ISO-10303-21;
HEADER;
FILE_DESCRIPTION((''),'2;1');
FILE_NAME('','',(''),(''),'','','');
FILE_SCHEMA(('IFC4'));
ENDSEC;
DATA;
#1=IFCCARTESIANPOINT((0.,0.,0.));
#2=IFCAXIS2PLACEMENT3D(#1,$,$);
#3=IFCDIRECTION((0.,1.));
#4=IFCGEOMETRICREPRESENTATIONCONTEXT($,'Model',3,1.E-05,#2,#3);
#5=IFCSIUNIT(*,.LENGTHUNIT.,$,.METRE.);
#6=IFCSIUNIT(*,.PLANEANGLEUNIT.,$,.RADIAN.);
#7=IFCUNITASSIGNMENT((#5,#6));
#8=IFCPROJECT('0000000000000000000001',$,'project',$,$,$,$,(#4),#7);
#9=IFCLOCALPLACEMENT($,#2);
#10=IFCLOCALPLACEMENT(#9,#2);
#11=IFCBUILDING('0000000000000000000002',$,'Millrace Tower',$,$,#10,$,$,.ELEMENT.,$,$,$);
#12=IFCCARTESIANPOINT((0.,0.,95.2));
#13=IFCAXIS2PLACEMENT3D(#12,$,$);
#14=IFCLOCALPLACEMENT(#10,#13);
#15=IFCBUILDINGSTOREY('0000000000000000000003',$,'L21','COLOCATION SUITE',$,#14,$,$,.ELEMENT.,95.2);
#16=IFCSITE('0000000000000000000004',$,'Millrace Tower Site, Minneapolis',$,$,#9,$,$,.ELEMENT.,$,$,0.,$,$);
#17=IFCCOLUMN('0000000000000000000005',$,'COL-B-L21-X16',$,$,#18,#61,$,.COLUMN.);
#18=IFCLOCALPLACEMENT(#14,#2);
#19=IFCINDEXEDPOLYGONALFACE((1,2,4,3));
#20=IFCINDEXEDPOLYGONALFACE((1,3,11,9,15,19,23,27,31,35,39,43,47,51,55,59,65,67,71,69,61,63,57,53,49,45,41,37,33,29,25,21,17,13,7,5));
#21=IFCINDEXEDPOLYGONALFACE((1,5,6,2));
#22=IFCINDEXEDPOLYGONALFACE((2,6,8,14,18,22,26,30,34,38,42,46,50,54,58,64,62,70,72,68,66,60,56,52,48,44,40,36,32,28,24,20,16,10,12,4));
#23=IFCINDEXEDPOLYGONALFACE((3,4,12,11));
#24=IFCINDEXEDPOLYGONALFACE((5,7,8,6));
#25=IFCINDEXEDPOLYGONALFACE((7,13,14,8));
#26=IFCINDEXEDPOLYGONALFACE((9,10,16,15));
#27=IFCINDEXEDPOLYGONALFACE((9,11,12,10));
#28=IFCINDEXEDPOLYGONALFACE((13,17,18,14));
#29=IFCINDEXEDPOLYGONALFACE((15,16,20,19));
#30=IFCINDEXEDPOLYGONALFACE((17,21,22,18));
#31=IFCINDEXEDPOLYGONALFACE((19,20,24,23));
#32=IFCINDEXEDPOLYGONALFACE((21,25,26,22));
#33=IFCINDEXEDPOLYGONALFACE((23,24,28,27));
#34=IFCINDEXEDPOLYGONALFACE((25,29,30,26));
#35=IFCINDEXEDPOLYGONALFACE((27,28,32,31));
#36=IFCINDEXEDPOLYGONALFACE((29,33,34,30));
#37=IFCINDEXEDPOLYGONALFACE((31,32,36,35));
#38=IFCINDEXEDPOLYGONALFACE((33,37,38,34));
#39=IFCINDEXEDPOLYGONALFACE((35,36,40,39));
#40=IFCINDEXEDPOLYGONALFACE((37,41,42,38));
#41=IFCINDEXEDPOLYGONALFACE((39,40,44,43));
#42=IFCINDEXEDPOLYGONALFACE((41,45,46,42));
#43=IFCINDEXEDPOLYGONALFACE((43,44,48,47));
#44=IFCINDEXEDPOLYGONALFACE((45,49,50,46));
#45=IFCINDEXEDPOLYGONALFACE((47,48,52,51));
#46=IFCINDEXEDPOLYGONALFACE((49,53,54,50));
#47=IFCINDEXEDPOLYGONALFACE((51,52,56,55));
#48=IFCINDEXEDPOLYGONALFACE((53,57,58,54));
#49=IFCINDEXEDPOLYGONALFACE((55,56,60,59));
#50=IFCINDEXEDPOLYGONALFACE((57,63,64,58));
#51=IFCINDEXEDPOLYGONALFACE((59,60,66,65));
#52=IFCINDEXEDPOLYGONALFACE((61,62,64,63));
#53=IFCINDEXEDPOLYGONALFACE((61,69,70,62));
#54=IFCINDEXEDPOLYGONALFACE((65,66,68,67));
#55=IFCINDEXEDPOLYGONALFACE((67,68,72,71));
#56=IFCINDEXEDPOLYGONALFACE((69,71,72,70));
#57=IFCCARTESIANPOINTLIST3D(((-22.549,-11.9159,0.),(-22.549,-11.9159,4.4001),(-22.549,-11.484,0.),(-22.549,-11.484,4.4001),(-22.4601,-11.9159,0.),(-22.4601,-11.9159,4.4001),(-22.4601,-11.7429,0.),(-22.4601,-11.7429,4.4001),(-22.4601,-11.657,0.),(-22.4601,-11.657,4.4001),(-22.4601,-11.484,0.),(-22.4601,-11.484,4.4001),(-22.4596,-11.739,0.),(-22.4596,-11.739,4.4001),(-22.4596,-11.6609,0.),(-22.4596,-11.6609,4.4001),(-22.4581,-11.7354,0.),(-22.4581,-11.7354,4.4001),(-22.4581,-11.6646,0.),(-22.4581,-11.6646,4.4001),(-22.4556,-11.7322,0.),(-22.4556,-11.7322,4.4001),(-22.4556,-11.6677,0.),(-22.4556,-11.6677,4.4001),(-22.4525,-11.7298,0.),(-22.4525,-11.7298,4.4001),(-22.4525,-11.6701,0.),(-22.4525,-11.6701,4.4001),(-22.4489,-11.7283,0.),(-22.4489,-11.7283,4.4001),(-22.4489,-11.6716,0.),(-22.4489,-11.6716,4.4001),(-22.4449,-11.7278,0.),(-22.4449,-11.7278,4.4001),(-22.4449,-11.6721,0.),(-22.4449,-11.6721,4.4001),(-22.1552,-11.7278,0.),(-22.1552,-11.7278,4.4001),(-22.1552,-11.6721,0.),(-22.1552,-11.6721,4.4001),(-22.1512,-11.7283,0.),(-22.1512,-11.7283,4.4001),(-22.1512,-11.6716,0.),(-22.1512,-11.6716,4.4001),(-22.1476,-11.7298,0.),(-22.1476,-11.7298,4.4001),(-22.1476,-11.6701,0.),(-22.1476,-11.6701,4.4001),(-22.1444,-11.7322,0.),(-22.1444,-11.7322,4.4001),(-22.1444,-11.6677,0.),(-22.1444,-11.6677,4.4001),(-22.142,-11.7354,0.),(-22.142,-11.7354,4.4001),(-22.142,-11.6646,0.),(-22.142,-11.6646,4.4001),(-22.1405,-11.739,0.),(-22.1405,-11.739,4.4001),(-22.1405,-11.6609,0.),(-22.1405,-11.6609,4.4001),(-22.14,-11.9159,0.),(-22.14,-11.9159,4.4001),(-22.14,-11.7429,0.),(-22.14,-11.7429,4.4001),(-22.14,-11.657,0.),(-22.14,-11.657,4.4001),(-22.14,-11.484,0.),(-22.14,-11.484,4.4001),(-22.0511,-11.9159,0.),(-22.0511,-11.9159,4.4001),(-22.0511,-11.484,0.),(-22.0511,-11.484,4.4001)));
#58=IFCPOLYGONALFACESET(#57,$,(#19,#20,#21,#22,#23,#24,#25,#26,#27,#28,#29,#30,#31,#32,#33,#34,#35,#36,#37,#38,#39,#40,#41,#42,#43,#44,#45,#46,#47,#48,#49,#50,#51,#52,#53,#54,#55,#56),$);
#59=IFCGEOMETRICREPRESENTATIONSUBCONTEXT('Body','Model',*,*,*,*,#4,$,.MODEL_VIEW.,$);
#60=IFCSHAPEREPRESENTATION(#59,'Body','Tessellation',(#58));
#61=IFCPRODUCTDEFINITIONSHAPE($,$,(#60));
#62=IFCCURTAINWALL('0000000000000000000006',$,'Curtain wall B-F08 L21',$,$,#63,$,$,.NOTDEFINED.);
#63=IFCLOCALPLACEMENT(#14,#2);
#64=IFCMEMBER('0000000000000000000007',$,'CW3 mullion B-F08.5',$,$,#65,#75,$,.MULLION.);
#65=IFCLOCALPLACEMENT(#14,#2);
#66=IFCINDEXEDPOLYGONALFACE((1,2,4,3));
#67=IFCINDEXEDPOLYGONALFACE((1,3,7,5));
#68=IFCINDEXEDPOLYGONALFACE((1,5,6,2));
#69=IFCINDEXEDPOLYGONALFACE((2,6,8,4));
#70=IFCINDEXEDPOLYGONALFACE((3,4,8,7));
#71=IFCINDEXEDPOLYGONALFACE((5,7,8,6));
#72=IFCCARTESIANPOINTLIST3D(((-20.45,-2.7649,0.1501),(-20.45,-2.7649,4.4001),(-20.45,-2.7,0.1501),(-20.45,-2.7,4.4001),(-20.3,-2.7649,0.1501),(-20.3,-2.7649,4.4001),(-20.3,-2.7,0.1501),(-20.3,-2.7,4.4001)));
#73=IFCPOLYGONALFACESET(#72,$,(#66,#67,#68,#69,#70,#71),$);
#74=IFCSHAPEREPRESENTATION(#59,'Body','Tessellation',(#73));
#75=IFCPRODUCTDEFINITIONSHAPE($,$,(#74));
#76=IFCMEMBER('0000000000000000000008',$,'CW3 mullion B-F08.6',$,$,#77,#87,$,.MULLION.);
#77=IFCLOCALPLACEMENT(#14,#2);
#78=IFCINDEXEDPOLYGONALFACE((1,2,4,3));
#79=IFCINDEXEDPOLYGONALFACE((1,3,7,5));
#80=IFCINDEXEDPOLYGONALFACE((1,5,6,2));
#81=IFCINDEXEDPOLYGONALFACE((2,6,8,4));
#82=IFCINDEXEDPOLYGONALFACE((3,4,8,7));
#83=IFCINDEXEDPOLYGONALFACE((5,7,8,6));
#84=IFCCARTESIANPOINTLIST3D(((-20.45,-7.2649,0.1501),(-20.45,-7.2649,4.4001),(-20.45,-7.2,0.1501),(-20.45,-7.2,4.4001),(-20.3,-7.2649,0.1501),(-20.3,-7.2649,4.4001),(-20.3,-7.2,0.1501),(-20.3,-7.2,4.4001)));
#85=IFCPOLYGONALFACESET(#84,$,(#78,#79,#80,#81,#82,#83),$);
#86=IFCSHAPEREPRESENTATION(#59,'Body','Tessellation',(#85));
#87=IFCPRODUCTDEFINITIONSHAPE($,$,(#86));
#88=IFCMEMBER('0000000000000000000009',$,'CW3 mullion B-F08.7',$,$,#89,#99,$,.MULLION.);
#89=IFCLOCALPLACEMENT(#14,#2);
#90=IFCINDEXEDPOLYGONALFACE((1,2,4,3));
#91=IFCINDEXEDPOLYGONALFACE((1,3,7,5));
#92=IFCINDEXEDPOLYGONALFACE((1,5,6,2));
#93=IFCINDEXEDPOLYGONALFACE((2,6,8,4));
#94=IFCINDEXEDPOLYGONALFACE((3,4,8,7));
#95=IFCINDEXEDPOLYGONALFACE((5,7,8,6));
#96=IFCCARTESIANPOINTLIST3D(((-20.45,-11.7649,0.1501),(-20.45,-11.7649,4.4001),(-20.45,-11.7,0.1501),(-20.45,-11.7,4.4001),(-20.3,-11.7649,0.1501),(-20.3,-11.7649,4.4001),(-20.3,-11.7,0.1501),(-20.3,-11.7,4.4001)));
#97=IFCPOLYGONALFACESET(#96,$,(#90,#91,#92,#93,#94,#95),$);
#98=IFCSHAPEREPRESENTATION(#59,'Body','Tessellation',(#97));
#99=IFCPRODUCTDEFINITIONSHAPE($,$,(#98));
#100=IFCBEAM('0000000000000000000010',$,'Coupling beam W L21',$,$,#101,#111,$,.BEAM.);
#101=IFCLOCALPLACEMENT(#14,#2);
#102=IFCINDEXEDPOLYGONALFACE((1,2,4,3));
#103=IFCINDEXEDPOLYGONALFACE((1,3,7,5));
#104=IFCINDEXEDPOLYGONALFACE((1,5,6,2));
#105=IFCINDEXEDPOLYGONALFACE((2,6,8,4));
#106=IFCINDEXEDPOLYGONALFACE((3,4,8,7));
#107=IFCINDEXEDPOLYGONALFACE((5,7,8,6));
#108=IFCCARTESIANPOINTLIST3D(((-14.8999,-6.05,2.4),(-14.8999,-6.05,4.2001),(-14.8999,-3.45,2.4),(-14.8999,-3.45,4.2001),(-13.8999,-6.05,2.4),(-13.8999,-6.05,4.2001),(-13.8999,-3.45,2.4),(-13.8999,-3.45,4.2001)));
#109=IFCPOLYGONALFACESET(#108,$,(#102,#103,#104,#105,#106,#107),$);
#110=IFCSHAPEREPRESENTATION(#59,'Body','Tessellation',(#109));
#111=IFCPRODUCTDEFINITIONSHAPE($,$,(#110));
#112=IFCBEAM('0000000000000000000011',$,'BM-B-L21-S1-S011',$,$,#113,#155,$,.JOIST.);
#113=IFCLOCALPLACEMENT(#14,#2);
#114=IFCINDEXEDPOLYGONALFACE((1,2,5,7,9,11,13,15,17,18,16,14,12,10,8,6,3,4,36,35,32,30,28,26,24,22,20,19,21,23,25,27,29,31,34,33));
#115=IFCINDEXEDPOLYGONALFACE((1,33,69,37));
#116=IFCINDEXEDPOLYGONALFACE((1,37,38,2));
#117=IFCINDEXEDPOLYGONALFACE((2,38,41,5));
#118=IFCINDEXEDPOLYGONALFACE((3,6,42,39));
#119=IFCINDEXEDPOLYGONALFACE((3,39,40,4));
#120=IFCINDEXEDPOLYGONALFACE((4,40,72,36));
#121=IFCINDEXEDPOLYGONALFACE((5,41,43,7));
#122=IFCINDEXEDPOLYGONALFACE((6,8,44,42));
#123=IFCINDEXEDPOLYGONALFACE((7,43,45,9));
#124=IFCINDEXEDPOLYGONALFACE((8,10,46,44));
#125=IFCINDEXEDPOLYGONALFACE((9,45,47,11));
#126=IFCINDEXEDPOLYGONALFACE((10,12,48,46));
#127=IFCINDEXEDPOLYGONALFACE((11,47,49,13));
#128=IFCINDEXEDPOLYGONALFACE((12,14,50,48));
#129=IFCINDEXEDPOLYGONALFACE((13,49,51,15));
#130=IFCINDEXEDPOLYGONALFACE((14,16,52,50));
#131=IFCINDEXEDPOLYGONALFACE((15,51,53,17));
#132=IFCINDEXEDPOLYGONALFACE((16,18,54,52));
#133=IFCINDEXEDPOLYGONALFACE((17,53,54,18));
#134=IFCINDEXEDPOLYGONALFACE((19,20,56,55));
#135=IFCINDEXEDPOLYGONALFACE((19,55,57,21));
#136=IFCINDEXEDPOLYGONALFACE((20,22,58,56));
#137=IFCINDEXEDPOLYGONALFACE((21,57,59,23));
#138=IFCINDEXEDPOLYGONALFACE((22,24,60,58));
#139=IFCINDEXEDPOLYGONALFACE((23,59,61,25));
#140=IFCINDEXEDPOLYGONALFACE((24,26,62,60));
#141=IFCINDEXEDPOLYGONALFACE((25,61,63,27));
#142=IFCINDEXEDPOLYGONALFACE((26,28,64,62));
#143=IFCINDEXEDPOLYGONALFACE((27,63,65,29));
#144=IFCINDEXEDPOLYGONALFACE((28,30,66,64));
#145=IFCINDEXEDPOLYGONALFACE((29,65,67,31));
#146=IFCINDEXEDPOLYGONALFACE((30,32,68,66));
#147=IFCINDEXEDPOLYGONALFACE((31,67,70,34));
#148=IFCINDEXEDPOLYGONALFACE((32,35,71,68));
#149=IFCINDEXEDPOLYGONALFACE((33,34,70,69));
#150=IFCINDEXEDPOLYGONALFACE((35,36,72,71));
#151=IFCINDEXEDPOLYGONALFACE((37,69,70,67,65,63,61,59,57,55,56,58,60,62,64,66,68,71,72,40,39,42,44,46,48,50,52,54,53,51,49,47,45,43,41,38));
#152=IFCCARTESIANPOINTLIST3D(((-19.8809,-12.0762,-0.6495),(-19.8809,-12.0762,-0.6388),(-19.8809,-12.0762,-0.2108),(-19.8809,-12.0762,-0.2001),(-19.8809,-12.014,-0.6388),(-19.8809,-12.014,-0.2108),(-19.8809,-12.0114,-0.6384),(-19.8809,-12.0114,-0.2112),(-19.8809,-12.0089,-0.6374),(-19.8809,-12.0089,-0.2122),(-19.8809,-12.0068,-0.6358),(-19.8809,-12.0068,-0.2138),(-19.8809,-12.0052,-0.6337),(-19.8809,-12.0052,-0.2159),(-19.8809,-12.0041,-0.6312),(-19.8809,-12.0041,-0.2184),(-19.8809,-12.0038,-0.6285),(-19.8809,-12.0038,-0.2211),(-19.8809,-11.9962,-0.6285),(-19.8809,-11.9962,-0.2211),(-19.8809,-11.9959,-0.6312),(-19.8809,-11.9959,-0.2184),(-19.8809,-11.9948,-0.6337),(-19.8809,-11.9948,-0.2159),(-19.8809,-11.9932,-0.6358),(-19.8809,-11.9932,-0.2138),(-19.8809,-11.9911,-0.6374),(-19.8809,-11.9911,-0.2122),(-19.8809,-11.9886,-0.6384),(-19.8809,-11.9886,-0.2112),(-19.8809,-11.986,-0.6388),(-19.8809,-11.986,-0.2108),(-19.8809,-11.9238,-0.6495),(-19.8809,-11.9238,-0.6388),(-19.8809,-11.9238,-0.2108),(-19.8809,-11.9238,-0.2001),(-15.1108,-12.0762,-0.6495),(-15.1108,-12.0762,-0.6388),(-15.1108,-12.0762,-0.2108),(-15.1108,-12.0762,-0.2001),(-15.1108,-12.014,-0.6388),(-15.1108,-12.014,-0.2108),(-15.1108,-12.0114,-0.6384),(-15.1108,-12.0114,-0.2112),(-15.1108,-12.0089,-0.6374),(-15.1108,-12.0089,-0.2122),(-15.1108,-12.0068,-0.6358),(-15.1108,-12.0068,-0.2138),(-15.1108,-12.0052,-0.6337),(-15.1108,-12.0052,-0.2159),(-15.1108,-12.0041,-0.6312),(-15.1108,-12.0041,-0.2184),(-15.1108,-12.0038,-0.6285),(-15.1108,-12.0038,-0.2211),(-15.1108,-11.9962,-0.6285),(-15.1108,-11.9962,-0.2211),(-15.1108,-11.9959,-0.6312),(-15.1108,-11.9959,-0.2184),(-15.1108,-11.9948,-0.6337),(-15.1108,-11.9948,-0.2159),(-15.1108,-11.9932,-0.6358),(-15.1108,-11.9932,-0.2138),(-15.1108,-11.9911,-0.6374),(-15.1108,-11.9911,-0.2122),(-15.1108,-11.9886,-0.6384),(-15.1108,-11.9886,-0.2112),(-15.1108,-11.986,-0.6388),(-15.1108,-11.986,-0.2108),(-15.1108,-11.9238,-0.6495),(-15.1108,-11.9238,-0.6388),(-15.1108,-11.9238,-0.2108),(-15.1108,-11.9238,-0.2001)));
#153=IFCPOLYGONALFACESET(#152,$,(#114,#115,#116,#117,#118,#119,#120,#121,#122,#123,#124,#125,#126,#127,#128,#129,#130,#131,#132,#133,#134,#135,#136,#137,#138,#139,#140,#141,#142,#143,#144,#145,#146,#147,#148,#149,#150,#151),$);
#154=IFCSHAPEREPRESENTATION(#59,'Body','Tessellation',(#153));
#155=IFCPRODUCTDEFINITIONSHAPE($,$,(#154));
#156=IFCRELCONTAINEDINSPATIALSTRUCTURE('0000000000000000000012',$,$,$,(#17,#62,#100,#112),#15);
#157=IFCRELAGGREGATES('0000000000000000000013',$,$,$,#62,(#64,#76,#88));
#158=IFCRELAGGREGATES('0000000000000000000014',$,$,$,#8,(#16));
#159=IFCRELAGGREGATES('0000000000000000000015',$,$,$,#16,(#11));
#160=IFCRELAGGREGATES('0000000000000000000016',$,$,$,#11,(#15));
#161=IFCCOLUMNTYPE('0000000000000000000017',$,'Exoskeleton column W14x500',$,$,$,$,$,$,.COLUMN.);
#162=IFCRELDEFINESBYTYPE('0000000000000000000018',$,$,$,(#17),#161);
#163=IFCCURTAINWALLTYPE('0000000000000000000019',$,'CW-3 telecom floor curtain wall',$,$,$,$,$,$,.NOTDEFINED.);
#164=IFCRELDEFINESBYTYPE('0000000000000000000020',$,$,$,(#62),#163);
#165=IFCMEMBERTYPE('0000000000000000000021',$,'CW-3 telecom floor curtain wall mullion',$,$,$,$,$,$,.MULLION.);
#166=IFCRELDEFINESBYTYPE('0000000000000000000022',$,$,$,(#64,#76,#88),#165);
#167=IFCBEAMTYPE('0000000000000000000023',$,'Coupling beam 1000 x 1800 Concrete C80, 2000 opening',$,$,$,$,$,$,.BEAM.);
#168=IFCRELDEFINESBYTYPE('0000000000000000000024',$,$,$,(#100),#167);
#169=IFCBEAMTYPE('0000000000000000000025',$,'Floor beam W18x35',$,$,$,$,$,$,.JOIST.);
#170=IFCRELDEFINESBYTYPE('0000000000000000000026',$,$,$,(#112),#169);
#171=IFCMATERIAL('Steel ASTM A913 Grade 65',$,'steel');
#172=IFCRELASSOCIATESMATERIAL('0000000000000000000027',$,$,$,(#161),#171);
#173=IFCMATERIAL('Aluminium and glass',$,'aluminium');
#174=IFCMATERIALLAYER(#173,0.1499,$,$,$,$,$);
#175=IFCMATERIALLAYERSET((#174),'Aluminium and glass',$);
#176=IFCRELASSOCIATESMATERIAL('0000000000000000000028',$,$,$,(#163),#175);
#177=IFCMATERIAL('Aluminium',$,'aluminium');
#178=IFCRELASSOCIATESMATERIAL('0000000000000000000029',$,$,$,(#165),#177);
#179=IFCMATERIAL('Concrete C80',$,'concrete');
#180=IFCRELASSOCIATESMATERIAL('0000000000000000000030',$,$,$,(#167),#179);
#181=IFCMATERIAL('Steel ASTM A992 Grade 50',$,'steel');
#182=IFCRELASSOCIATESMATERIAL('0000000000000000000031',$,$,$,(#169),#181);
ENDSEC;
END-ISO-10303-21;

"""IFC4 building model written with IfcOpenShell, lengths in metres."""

from ifc_helpers import new_model, si_unit, direction, frame, origin, origin_2d, place, context, subcontext, project, spatial, rectangle, i_section, extrude, material, layer, layer_set, material_profile, profile_set, type_object, element, aggregate, save


model = new_model("IFC4")

# Units and contexts
model_context = context("Model", 3, precision=1e-05, world=origin(), true_north=direction((0.0, 1.0)))
body_context = subcontext(model_context, "Body", "Model", "MODEL_VIEW")
ifc_project = project(units=[si_unit("LENGTHUNIT", "METRE"), si_unit("PLANEANGLEUNIT", "RADIAN")], contexts=[model_context])

# Site, building, storey
site_placement = place(None, origin())
site = spatial("IfcSite", under=ifc_project, at=site_placement, Name="Millrace Tower Site, Minneapolis", CompositionType="ELEMENT", RefElevation=0.0)
building_placement = place(site_placement, origin())
building = spatial("IfcBuilding", under=site, at=building_placement, Name="Millrace Tower", CompositionType="ELEMENT")
storey_placement = place(building_placement, frame((0.0, 0.0, 95.2)))
storey = spatial("IfcBuildingStorey", under=building, at=storey_placement, Name="L21", Description="COLOCATION SUITE", CompositionType="ELEMENT", Elevation=95.2)

# Column
ifc_material_1 = material(Name="Steel ASTM A913 Grade 65", Category="steel")
ifc_material_profile_1 = material_profile(ifc_material_1, i_section(OverallWidth=0.4319, OverallDepth=0.4978, WebThickness=0.0557, FlangeThickness=0.0889, FilletRadius=0.0151, at=origin_2d()))
ifc_profile_set_1 = profile_set([ifc_material_profile_1], Name="Steel ASTM A913 Grade 65")
column_type = type_object("IfcColumnType", Name="Exoskeleton column W14x500", PredefinedType="COLUMN", material=ifc_profile_set_1)
column_placement = place(storey_placement, frame((-22.3, -11.7, 0.0), z_axis=(0.0, 0.0, 1.0), x_axis=(0.0, -1.0, 0.0)))
element("IfcColumn", 1, at=column_placement, inside=storey, type_object=column_type, Name="COL-B-L21-X16", PredefinedType="COLUMN", context=body_context, shape_type="SweptSolid", body=[
    extrude(i_section(OverallWidth=0.4319, OverallDepth=0.4978, WebThickness=0.0557, FlangeThickness=0.0889, FilletRadius=0.0151, at=origin_2d()), origin(), (0.0, 0.0, 1.0), 4.4001),
])

# Curtain wall, members
ifc_material_2 = material(Name="Aluminium and glass", Category="aluminium")
ifc_layer_1 = layer(ifc_material_2, 0.1499)
ifc_layer_set_1 = layer_set([ifc_layer_1], Name="Aluminium and glass")
curtain_wall_type = type_object("IfcCurtainWallType", Name="CW-3 telecom floor curtain wall", PredefinedType="NOTDEFINED", material=ifc_layer_set_1)
curtain_wall_placement = place(storey_placement, origin())
curtain_wall = element("IfcCurtainWall", 2, at=curtain_wall_placement, inside=storey, type_object=curtain_wall_type, Name="Curtain wall B-F08 L21", PredefinedType="NOTDEFINED")
ifc_material_3 = material(Name="Aluminium", Category="aluminium")
ifc_material_profile_2 = material_profile(ifc_material_3, rectangle(XDim=0.0649, YDim=0.1499, at=origin_2d()))
ifc_profile_set_2 = profile_set([ifc_material_profile_2], Name="Aluminium")
member_type = type_object("IfcMemberType", Name="CW-3 telecom floor curtain wall mullion", PredefinedType="MULLION", material=ifc_profile_set_2)
member_1_placement = place(storey_placement, frame((-20.375, -2.7324, 0.1501), z_axis=(0.0, 0.0, 1.0), x_axis=(0.0, -1.0, 0.0)))
member_1 = element("IfcMember", 3, at=member_1_placement, type_object=member_type, Name="CW3 mullion B-F08.5", PredefinedType="MULLION", context=body_context, shape_type="SweptSolid", body=[
    extrude(rectangle(XDim=0.0649, YDim=0.1499, at=origin_2d()), origin(), (0.0, 0.0, 1.0), 4.25),
])
member_2_placement = place(storey_placement, frame((-20.375, -7.2324, 0.1501), z_axis=(0.0, 0.0, 1.0), x_axis=(0.0, -1.0, 0.0)))
member_2 = element("IfcMember", 4, at=member_2_placement, type_object=member_type, Name="CW3 mullion B-F08.6", PredefinedType="MULLION", context=body_context, shape_type="SweptSolid", body=[
    extrude(rectangle(XDim=0.0649, YDim=0.1499, at=origin_2d()), origin(), (0.0, 0.0, 1.0), 4.25),
])
member_3_placement = place(storey_placement, frame((-20.375, -11.7324, 0.1501), z_axis=(0.0, 0.0, 1.0), x_axis=(0.0, -1.0, 0.0)))
member_3 = element("IfcMember", 5, at=member_3_placement, type_object=member_type, Name="CW3 mullion B-F08.7", PredefinedType="MULLION", context=body_context, shape_type="SweptSolid", body=[
    extrude(rectangle(XDim=0.0649, YDim=0.1499, at=origin_2d()), origin(), (0.0, 0.0, 1.0), 4.25),
])
aggregate(curtain_wall, [member_1, member_2, member_3])

# Beams
ifc_material_4 = material(Name="Concrete C80", Category="concrete")
ifc_material_profile_3 = material_profile(ifc_material_4, rectangle(XDim=1.0, YDim=1.8, at=origin_2d()))
ifc_profile_set_3 = profile_set([ifc_material_profile_3], Name="Concrete C80")
beam_type_1 = type_object("IfcBeamType", Name="Coupling beam 1000 x 1800 Concrete C80, 2000 opening", PredefinedType="BEAM", material=ifc_profile_set_3)
beam_1_placement = place(storey_placement, frame((-14.3999, -6.05, 3.3), z_axis=(0.0, 1.0, 0.0), x_axis=(-1.0, 0.0, 0.0)))
element("IfcBeam", 6, at=beam_1_placement, inside=storey, type_object=beam_type_1, Name="Coupling beam W L21", PredefinedType="BEAM", context=body_context, shape_type="SweptSolid", body=[
    extrude(rectangle(XDim=1.0, YDim=1.8, at=origin_2d()), origin(), (0.0, 0.0, 1.0), 2.6001),
])
ifc_material_5 = material(Name="Steel ASTM A992 Grade 50", Category="steel")
ifc_material_profile_4 = material_profile(ifc_material_5, i_section(OverallWidth=0.1523, OverallDepth=0.4495, WebThickness=0.0076, FlangeThickness=0.0107, FilletRadius=0.0103, at=origin_2d()))
ifc_profile_set_4 = profile_set([ifc_material_profile_4], Name="Steel ASTM A992 Grade 50")
beam_type_2 = type_object("IfcBeamType", Name="Floor beam W18x35", PredefinedType="JOIST", material=ifc_profile_set_4)
beam_2_placement = place(storey_placement, frame((-19.8809, -12.0, -0.4248), z_axis=(1.0, 0.0, 0.0), x_axis=(0.0, 1.0, 0.0)))
element("IfcBeam", 7, at=beam_2_placement, inside=storey, type_object=beam_type_2, Name="BM-B-L21-S1-S011", PredefinedType="JOIST", context=body_context, shape_type="SweptSolid", body=[
    extrude(i_section(OverallWidth=0.1523, OverallDepth=0.4495, WebThickness=0.0076, FlangeThickness=0.0107, FilletRadius=0.0103, at=origin_2d()), origin(), (0.0, 0.0, 1.0), 4.77),
])

save(model, "model.ifc")
